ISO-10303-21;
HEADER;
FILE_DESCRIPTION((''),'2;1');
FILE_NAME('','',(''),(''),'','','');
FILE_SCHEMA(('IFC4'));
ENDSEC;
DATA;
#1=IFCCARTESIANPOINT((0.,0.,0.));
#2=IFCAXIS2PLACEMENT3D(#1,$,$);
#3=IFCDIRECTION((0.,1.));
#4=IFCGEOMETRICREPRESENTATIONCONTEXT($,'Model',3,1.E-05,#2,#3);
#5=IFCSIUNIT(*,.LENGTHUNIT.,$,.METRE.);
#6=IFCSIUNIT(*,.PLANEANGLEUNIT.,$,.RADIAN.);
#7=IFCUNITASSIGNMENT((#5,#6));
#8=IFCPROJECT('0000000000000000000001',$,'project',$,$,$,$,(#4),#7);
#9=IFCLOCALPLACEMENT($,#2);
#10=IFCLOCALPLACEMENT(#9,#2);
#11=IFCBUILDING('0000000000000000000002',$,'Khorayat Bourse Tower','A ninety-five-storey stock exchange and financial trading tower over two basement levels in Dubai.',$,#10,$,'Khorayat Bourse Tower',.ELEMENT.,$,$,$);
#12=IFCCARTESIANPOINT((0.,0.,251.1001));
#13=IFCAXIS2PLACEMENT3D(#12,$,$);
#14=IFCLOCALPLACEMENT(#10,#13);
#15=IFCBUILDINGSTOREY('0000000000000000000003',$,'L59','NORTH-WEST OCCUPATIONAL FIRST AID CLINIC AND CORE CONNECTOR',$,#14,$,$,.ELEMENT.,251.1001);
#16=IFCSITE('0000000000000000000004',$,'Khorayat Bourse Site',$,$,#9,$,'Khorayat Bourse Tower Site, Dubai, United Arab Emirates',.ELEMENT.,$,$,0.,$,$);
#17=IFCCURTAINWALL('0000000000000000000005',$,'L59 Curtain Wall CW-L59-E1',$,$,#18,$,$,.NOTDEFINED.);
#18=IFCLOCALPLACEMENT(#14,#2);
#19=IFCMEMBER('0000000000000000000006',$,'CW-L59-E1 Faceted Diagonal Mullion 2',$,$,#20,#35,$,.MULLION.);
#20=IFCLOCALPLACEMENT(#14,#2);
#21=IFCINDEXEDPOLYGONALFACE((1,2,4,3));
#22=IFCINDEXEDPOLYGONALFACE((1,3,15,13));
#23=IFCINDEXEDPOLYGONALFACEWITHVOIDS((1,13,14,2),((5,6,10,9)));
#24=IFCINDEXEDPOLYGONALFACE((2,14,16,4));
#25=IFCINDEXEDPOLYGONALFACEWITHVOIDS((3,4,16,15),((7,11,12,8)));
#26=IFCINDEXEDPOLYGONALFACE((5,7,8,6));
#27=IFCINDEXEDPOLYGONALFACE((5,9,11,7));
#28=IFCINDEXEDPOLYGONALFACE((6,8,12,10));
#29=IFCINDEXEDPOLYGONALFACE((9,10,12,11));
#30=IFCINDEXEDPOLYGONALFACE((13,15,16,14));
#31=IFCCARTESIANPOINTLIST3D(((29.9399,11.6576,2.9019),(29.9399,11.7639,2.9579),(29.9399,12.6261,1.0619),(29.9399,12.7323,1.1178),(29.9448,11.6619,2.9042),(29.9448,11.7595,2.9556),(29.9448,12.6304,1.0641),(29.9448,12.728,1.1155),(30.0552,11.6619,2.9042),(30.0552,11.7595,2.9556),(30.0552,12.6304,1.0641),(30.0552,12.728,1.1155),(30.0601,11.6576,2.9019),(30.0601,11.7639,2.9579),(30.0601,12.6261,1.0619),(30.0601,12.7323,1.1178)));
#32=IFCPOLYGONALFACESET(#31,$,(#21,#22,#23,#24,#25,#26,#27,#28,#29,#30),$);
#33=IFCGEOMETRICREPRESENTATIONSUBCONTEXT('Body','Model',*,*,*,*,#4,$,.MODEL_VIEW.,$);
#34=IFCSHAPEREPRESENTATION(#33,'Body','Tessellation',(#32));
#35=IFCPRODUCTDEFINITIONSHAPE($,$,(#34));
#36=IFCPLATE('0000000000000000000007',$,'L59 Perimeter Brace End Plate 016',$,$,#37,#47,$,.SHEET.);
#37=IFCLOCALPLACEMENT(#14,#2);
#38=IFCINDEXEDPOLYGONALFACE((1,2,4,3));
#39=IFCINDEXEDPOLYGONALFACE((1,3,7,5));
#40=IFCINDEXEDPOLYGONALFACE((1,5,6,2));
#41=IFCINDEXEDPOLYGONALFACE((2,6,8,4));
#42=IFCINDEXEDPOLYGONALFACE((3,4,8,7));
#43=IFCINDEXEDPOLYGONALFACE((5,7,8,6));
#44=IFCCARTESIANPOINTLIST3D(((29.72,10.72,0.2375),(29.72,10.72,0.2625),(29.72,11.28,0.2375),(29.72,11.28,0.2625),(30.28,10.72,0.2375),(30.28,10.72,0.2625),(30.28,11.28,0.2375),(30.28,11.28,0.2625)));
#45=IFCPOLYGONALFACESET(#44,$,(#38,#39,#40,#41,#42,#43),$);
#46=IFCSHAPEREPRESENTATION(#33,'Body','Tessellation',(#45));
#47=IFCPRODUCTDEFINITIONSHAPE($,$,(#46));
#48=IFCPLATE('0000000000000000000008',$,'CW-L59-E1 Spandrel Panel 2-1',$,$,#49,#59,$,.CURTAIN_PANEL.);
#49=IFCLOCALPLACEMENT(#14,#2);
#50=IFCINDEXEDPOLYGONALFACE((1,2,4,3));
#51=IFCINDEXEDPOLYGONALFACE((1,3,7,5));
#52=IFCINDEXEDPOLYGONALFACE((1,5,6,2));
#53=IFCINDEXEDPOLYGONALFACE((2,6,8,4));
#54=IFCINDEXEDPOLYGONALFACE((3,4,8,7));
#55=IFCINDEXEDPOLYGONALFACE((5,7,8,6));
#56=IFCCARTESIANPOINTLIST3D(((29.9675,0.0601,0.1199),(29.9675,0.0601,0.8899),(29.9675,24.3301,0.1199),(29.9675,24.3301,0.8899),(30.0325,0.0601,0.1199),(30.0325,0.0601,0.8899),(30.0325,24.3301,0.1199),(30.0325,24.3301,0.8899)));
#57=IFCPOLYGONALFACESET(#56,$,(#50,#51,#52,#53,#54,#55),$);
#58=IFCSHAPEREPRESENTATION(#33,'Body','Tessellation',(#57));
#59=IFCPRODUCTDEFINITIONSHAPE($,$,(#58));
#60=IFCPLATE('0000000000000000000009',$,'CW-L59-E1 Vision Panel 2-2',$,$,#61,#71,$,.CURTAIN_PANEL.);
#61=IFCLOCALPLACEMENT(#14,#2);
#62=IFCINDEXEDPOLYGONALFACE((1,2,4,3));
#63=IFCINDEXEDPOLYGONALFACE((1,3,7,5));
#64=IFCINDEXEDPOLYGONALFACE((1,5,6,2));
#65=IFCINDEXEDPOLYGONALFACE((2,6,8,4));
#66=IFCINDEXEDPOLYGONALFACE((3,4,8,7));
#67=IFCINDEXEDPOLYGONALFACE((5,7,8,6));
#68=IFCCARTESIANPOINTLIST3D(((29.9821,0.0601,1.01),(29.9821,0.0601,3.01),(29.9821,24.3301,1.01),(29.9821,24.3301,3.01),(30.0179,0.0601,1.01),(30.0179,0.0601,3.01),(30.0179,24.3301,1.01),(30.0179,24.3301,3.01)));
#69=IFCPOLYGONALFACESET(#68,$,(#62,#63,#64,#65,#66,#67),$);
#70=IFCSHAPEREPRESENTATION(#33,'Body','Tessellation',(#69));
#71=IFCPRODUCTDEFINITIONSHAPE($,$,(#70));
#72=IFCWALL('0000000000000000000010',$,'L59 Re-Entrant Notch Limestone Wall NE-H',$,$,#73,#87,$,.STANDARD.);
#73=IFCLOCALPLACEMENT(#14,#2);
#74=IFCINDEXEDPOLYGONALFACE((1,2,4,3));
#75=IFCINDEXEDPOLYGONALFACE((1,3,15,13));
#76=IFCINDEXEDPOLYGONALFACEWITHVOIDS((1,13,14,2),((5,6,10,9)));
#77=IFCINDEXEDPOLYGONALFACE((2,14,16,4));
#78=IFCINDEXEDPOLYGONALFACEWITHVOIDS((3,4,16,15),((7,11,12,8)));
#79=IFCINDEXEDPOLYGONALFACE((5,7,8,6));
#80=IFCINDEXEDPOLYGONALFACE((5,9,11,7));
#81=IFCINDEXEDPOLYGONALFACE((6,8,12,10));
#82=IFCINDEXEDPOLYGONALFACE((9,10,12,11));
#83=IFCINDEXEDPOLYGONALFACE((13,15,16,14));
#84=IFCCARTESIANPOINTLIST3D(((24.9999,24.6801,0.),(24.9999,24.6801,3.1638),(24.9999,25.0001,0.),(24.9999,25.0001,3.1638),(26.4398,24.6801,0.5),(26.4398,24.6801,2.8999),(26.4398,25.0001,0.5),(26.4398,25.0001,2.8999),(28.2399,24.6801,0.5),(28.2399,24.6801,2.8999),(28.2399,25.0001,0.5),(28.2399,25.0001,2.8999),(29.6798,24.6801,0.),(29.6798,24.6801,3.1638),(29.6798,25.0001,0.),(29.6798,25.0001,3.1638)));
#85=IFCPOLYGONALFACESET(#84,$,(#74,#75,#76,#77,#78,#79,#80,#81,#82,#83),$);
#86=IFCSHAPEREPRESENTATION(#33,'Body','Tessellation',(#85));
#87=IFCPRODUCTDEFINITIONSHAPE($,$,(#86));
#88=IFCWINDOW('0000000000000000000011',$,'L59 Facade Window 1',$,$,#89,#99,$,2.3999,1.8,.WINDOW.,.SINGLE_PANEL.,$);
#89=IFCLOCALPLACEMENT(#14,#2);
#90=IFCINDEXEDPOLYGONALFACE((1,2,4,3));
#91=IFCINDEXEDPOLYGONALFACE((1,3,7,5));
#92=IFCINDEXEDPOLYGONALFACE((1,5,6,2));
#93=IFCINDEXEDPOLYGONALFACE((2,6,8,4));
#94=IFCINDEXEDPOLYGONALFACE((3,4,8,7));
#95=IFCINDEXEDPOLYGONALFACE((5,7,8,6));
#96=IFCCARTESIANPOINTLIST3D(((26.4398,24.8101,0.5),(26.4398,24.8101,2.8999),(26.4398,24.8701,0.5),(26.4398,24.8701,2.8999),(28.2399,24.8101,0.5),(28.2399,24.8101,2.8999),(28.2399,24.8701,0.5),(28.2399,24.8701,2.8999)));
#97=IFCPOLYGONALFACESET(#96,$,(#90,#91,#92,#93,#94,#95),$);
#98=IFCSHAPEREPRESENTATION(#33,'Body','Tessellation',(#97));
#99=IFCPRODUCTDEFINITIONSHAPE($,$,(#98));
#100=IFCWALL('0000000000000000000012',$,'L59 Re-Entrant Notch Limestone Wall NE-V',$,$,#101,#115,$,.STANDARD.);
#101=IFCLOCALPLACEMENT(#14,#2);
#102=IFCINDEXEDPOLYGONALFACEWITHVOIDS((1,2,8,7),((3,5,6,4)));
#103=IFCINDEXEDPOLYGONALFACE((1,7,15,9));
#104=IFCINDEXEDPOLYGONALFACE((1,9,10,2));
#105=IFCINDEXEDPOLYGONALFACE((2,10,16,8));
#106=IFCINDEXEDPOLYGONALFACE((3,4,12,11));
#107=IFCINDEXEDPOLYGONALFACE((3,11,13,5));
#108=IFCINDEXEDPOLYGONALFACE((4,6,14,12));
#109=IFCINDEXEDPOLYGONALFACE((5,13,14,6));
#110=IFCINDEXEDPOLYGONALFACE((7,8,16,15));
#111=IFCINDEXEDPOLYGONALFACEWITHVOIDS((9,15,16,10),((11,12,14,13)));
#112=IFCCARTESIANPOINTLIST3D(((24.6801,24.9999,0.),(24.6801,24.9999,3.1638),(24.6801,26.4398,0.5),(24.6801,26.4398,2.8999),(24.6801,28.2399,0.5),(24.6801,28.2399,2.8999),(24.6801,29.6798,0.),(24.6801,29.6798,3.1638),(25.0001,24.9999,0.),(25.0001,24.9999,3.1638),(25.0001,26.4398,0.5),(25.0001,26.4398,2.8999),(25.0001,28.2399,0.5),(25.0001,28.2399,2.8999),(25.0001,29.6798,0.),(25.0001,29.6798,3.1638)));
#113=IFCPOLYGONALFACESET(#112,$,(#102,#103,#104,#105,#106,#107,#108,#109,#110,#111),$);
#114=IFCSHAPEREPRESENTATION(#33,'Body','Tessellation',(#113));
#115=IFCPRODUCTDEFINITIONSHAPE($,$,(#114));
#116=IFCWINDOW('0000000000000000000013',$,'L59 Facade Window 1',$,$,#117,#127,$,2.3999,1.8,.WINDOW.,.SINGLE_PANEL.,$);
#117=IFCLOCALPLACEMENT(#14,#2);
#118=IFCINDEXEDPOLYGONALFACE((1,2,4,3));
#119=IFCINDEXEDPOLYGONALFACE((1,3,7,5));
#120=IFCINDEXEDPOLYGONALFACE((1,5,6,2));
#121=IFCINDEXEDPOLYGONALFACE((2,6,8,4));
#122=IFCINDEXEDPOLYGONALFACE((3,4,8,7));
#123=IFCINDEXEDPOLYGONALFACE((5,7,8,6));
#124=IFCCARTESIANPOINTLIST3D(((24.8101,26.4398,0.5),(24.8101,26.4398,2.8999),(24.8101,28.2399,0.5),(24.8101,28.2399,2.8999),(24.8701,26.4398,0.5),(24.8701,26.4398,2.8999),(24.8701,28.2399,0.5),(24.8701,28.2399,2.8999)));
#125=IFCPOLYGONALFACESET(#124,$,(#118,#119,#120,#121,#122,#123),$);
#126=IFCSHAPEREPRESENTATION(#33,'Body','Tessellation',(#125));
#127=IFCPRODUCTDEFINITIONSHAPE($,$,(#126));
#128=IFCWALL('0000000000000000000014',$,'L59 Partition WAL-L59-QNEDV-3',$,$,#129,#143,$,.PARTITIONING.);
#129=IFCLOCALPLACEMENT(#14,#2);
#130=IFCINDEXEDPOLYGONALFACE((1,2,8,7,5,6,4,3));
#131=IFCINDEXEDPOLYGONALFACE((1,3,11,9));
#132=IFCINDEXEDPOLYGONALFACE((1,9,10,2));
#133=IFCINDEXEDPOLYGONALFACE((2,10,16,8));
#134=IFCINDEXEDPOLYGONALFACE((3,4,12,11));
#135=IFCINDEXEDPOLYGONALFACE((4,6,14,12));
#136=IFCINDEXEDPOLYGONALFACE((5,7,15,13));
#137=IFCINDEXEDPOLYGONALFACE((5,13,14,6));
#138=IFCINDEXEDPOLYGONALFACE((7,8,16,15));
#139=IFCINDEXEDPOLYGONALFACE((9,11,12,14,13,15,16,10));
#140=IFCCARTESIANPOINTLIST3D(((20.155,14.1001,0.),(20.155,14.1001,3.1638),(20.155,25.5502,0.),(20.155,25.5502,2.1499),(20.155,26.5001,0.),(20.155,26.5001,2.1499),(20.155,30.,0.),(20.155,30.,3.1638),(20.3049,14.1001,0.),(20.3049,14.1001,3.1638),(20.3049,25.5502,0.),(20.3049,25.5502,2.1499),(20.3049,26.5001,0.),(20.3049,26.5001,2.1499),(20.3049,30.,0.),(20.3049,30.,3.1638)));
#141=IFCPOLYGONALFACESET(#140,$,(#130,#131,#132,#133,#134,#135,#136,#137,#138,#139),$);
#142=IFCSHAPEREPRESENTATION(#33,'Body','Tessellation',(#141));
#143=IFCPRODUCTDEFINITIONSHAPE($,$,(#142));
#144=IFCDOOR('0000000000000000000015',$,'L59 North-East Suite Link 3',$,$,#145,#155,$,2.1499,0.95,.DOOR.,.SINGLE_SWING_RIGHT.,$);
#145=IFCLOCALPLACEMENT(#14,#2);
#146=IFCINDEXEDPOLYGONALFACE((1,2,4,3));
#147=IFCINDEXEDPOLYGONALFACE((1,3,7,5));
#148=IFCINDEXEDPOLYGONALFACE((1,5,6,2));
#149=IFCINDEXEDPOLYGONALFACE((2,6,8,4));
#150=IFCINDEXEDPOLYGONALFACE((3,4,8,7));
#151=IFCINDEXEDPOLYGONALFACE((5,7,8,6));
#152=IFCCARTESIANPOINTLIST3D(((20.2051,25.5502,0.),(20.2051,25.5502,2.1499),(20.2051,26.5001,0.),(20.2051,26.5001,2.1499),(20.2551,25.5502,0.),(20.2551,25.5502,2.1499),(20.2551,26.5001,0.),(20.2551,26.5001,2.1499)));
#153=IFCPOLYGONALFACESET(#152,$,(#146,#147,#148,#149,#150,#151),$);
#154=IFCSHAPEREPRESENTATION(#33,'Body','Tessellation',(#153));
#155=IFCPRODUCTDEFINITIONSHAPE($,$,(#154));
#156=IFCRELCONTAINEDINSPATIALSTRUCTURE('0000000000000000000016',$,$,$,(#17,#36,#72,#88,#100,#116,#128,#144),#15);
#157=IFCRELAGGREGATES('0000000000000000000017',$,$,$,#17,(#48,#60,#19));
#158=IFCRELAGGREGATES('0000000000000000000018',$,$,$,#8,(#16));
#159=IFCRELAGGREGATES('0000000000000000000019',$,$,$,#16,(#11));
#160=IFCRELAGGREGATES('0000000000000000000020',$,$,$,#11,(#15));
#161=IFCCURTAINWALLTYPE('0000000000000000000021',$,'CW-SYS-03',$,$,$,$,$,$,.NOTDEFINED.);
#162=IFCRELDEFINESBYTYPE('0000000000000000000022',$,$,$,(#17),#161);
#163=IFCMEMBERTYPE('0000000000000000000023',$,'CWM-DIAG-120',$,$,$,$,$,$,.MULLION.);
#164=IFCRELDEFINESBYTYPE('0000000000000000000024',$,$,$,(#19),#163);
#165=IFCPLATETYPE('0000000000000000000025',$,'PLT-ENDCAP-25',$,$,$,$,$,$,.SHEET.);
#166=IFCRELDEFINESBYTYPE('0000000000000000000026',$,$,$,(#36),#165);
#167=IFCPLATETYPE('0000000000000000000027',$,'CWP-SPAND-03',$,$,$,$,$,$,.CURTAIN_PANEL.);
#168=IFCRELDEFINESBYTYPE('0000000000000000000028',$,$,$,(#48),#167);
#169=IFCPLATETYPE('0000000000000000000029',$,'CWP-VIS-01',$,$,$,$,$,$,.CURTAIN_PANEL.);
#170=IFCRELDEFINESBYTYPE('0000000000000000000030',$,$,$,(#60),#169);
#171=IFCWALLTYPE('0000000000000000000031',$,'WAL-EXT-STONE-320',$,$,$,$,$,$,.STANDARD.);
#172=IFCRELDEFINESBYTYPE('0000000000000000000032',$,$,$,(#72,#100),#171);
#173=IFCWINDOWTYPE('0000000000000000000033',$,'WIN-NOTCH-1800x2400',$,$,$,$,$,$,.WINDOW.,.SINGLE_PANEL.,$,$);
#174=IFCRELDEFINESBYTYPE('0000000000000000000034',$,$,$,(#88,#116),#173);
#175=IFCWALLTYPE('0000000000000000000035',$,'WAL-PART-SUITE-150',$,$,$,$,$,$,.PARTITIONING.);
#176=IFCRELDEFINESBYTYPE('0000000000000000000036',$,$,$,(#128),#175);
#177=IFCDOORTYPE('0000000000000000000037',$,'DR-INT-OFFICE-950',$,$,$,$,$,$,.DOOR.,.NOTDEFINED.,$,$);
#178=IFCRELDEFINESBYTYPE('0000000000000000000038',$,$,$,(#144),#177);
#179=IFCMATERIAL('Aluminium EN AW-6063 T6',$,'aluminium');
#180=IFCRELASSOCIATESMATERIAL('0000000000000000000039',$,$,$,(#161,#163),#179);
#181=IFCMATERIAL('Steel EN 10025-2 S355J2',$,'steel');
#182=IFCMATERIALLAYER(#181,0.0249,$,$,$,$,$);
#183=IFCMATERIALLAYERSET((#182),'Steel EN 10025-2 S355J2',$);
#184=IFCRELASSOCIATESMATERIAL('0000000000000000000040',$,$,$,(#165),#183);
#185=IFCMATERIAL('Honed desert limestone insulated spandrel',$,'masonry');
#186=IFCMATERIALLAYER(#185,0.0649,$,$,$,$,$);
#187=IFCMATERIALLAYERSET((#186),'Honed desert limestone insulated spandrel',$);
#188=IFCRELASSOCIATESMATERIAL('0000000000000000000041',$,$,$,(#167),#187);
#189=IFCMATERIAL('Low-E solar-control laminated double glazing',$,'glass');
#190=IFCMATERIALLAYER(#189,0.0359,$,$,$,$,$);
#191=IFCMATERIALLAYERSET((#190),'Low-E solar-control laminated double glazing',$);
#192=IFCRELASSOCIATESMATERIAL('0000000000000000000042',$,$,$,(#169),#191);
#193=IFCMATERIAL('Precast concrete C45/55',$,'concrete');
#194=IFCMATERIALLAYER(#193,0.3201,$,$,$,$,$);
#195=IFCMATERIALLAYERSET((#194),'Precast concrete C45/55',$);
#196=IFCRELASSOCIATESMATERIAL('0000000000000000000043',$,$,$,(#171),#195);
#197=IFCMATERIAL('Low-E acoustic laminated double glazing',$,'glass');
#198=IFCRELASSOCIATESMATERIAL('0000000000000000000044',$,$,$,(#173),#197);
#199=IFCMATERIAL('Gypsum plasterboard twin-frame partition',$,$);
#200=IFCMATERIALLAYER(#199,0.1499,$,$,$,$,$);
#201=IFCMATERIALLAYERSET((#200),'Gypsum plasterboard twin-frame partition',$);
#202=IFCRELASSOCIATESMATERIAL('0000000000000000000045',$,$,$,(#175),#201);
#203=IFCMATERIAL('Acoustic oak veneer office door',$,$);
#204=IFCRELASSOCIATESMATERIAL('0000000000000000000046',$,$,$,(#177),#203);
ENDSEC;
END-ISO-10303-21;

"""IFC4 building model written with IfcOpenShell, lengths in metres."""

from ifc_helpers import new_model, si_unit, direction, frame, frame_2d, origin, origin_2d, place, context, subcontext, project, spatial, rectangle, hollow_rectangle, extrude, source, transform, mapped, material, layer, layer_set, material_profile, profile_set, type_object, element, fill, aggregate, save


model = new_model("IFC4")

# Units and contexts
model_context = context("Model", 3, precision=1e-05, world=origin(), true_north=direction((0.0, 1.0)))
body_context = subcontext(model_context, "Body", "Model", "MODEL_VIEW")
ifc_project = project(units=[si_unit("LENGTHUNIT", "METRE"), si_unit("PLANEANGLEUNIT", "RADIAN")], contexts=[model_context])

# Site, building, storey
site_placement = place(None, origin())
site = spatial("IfcSite", under=ifc_project, at=site_placement, Name="Khorayat Bourse Site", LongName="Khorayat Bourse Tower Site, Dubai, United Arab Emirates", CompositionType="ELEMENT", RefElevation=0.0)
building_placement = place(site_placement, origin())
building = spatial("IfcBuilding", under=site, at=building_placement, Name="Khorayat Bourse Tower", Description="A ninety-five-storey stock exchange and financial trading tower over two basement levels in Dubai.", LongName="Khorayat Bourse Tower", CompositionType="ELEMENT")
storey_placement = place(building_placement, frame((0.0, 0.0, 251.1001)))
storey = spatial("IfcBuildingStorey", under=building, at=storey_placement, Name="L59", Description="NORTH-WEST OCCUPATIONAL FIRST AID CLINIC AND CORE CONNECTOR", CompositionType="ELEMENT", Elevation=251.1001)

# Shared definitions
ifc_material_1 = material(Name="Aluminium EN AW-6063 T6", Category="aluminium")
curtain_wall_type = type_object("IfcCurtainWallType", Name="CW-SYS-03", PredefinedType="NOTDEFINED", material=ifc_material_1)

# Curtain wall, member
curtain_wall_1_placement = place(storey_placement, origin())
curtain_wall_1 = element("IfcCurtainWall", 1, at=curtain_wall_1_placement, inside=storey, type_object=curtain_wall_type, Name="L59 Curtain Wall CW-L59-E1", PredefinedType="NOTDEFINED")
ifc_material_profile_1 = material_profile(ifc_material_1, hollow_rectangle(XDim=0.1201, YDim=0.1201, WallThickness=0.0049, at=origin_2d()), Name="ALU 120x120x5")
ifc_profile_set_1 = profile_set([ifc_material_profile_1], Name="Aluminium EN AW-6063 T6")
member_type_1 = type_object("IfcMemberType", Name="CWM-DIAG-120", PredefinedType="MULLION", material=ifc_profile_set_1)
shared_shape_1 = source(origin(), body_context, "Body", "SweptSolid", [
    extrude(hollow_rectangle(XDim=0.1201, YDim=0.1201, WallThickness=0.0049, at=origin_2d()), origin(), (0.0, 0.0, 1.0), 2.0793),
])
member_1_placement = place(storey_placement, frame((30.0, 12.6792, 1.0898), z_axis=(0.0, -0.465761, 0.884911), x_axis=(1.0, 0.0, 0.0)))
member_1 = element("IfcMember", 2, at=member_1_placement, type_object=member_type_1, Name="CW-L59-E1 Faceted Diagonal Mullion 2", PredefinedType="MULLION", context=body_context, shape_type="MappedRepresentation", body=[
    mapped(shared_shape_1, transform((0.0, 0.0, 0.0), scale=1.0)),
])

# Plates
ifc_material_2 = material(Name="Steel EN 10025-2 S355J2", Category="steel")
ifc_layer_1 = layer(ifc_material_2, 0.0249)
ifc_layer_set_1 = layer_set([ifc_layer_1], Name="Steel EN 10025-2 S355J2")
plate_type_1 = type_object("IfcPlateType", Name="PLT-ENDCAP-25", PredefinedType="SHEET", material=ifc_layer_set_1)
shared_shape_2 = source(origin(), body_context, "Body", "SweptSolid", [
    extrude(rectangle(XDim=0.5601, YDim=0.5601, at=origin_2d()), origin(), (0.0, 0.0, 1.0), 0.0249),
])
plate_1_placement = place(storey_placement, frame((30.0, 11.0, 0.2375), z_axis=(0.0, 0.0, 1.0), x_axis=(1.0, 0.0, 0.0)))
element("IfcPlate", 3, at=plate_1_placement, inside=storey, type_object=plate_type_1, Name="L59 Perimeter Brace End Plate 016", PredefinedType="SHEET", context=body_context, shape_type="MappedRepresentation", body=[
    mapped(shared_shape_2, transform((0.0, 0.0, 0.0), scale=1.0)),
])
ifc_material_3 = material(Name="Honed desert limestone insulated spandrel", Category="masonry")
ifc_layer_2 = layer(ifc_material_3, 0.0649)
ifc_layer_set_2 = layer_set([ifc_layer_2], Name="Honed desert limestone insulated spandrel")
plate_type_2 = type_object("IfcPlateType", Name="CWP-SPAND-03", PredefinedType="CURTAIN_PANEL", material=ifc_layer_set_2)
shared_shape_3 = source(origin(), body_context, "Body", "SweptSolid", [
    extrude(rectangle(XDim=24.27, YDim=0.0649, at=origin_2d()), origin(), (0.0, 0.0, 1.0), 0.77),
])
plate_2_placement = place(storey_placement, frame((30.0, 12.1951, 0.1199), z_axis=(0.0, 0.0, 1.0), x_axis=(0.0, 1.0, 0.0)))
plate_2 = element("IfcPlate", 4, at=plate_2_placement, type_object=plate_type_2, Name="CW-L59-E1 Spandrel Panel 2-1", PredefinedType="CURTAIN_PANEL", context=body_context, shape_type="MappedRepresentation", body=[
    mapped(shared_shape_3, transform((0.0, 0.0, 0.0), scale=1.0)),
])
ifc_material_4 = material(Name="Low-E solar-control laminated double glazing", Category="glass")
ifc_layer_3 = layer(ifc_material_4, 0.0359)
ifc_layer_set_3 = layer_set([ifc_layer_3], Name="Low-E solar-control laminated double glazing")
plate_type_3 = type_object("IfcPlateType", Name="CWP-VIS-01", PredefinedType="CURTAIN_PANEL", material=ifc_layer_set_3)
shared_shape_4 = source(origin(), body_context, "Body", "SweptSolid", [
    extrude(rectangle(XDim=24.27, YDim=0.0359, at=origin_2d()), origin(), (0.0, 0.0, 1.0), 2.0),
])
plate_3_placement = place(storey_placement, frame((30.0, 12.1951, 1.01), z_axis=(0.0, 0.0, 1.0), x_axis=(0.0, 1.0, 0.0)))
plate_3 = element("IfcPlate", 5, at=plate_3_placement, type_object=plate_type_3, Name="CW-L59-E1 Vision Panel 2-2", PredefinedType="CURTAIN_PANEL", context=body_context, shape_type="MappedRepresentation", body=[
    mapped(shared_shape_4, transform((0.0, 0.0, 0.0), scale=1.0)),
])
aggregate(curtain_wall_1, [plate_2, plate_3, member_1])

# Walls, openings, windows
ifc_material_5 = material(Name="Precast concrete C45/55", Category="concrete")
ifc_layer_4 = layer(ifc_material_5, 0.3201)
ifc_layer_set_4 = layer_set([ifc_layer_4], Name="Precast concrete C45/55")
wall_type_1 = type_object("IfcWallType", Name="WAL-EXT-STONE-320", PredefinedType="STANDARD", material=ifc_layer_set_4)
shared_shape_5 = source(origin(), body_context, "Body", "SweptSolid", [
    extrude(rectangle(XDim=4.6799, YDim=0.3201, at=frame_2d((2.3398, 0.0))), origin(), (0.0, 0.0, 1.0), 3.1638),
])
wall_1_placement = place(storey_placement, frame((25.0, 24.8401, 0.0), z_axis=(0.0, 0.0, 1.0), x_axis=(1.0, 0.0, 0.0)))
wall_1 = element("IfcWall", 6, at=wall_1_placement, inside=storey, type_object=wall_type_1, Name="L59 Re-Entrant Notch Limestone Wall NE-H", PredefinedType="STANDARD", context=body_context, shape_type="MappedRepresentation", body=[
    mapped(shared_shape_5, transform((0.0, 0.0, 0.0), scale=1.0)),
])
shared_shape_6 = source(origin(), body_context, "Body", "SweptSolid", [
    extrude(rectangle(XDim=1.8, YDim=2.3999, at=frame_2d((0.8999, 1.2))), frame((0.0, 0.1699, 0.0), z_axis=(0.0, -1.0, 0.0), x_axis=(1.0, 0.0, 0.0)), (0.0, 0.0, 1.0), 0.3401),
])
opening_1_placement = place(wall_1_placement, frame((1.4399, 0.0, 0.5)))
opening_1 = element("IfcOpeningElement", 7, at=opening_1_placement, cuts=wall_1, PredefinedType="OPENING", context=body_context, shape_type="MappedRepresentation", body=[
    mapped(shared_shape_6, transform((0.0, 0.0, 0.0), scale=1.0)),
])
ifc_material_6 = material(Name="Low-E acoustic laminated double glazing", Category="glass")
window_type = type_object("IfcWindowType", Name="WIN-NOTCH-1800x2400", PartitioningType="SINGLE_PANEL", PredefinedType="WINDOW", material=ifc_material_6)
shared_shape_7 = source(origin(), body_context, "Body", "SweptSolid", [
    extrude(rectangle(XDim=1.8, YDim=2.3999, at=frame_2d((0.8999, 1.2))), frame((0.0, 0.03, 0.0), z_axis=(0.0, -1.0, 0.0), x_axis=(1.0, 0.0, 0.0)), (0.0, 0.0, 1.0), 0.0601),
])
window_1_placement = place(opening_1_placement, origin())
window_1 = element("IfcWindow", 8, at=window_1_placement, inside=storey, type_object=window_type, Name="L59 Facade Window 1", OverallHeight=2.3999, OverallWidth=1.8, PartitioningType="SINGLE_PANEL", PredefinedType="WINDOW", context=body_context, shape_type="MappedRepresentation", body=[
    mapped(shared_shape_7, transform((0.0, 0.0, 0.0), scale=1.0)),
])
fill(opening_1, window_1)
wall_2_placement = place(storey_placement, frame((24.8401, 25.0, 0.0), z_axis=(0.0, 0.0, 1.0), x_axis=(0.0, 1.0, 0.0)))
wall_2 = element("IfcWall", 9, at=wall_2_placement, inside=storey, type_object=wall_type_1, Name="L59 Re-Entrant Notch Limestone Wall NE-V", PredefinedType="STANDARD", context=body_context, shape_type="MappedRepresentation", body=[
    mapped(shared_shape_5, transform((0.0, 0.0, 0.0), scale=1.0)),
])
opening_2_placement = place(wall_2_placement, frame((1.4399, 0.0, 0.5)))
opening_2 = element("IfcOpeningElement", 10, at=opening_2_placement, cuts=wall_2, PredefinedType="OPENING", context=body_context, shape_type="MappedRepresentation", body=[
    mapped(shared_shape_6, transform((0.0, 0.0, 0.0), scale=1.0)),
])
window_2_placement = place(opening_2_placement, origin())
window_2 = element("IfcWindow", 11, at=window_2_placement, inside=storey, type_object=window_type, Name="L59 Facade Window 1", OverallHeight=2.3999, OverallWidth=1.8, PartitioningType="SINGLE_PANEL", PredefinedType="WINDOW", context=body_context, shape_type="MappedRepresentation", body=[
    mapped(shared_shape_7, transform((0.0, 0.0, 0.0), scale=1.0)),
])
fill(opening_2, window_2)

# Wall, opening, door
ifc_material_7 = material(Name="Gypsum plasterboard twin-frame partition")
ifc_layer_5 = layer(ifc_material_7, 0.1499)
ifc_layer_set_5 = layer_set([ifc_layer_5], Name="Gypsum plasterboard twin-frame partition")
wall_type_2 = type_object("IfcWallType", Name="WAL-PART-SUITE-150", PredefinedType="PARTITIONING", material=ifc_layer_set_5)
shared_shape_8 = source(origin(), body_context, "Body", "SweptSolid", [
    extrude(rectangle(XDim=15.8999, YDim=0.1499, at=frame_2d((7.95, 0.0))), origin(), (0.0, 0.0, 1.0), 3.1638),
])
wall_3_placement = place(storey_placement, frame((20.23, 14.1001, 0.0), z_axis=(0.0, 0.0, 1.0), x_axis=(0.0, 1.0, 0.0)))
wall_3 = element("IfcWall", 12, at=wall_3_placement, inside=storey, type_object=wall_type_2, Name="L59 Partition WAL-L59-QNEDV-3", PredefinedType="PARTITIONING", context=body_context, shape_type="MappedRepresentation", body=[
    mapped(shared_shape_8, transform((0.0, 0.0, 0.0), scale=1.0)),
])
shared_shape_9 = source(origin(), body_context, "Body", "SweptSolid", [
    extrude(rectangle(XDim=0.95, YDim=2.1499, at=frame_2d((0.4751, 1.075))), frame((0.0, 0.085, 0.0), z_axis=(0.0, -1.0, 0.0), x_axis=(1.0, 0.0, 0.0)), (0.0, 0.0, 1.0), 0.1699),
])
opening_3_placement = place(wall_3_placement, frame((11.45, 0.0, 0.0)))
opening_3 = element("IfcOpeningElement", 13, at=opening_3_placement, cuts=wall_3, PredefinedType="OPENING", context=body_context, shape_type="MappedRepresentation", body=[
    mapped(shared_shape_9, transform((0.0, 0.0, 0.0), scale=1.0)),
])
ifc_material_8 = material(Name="Acoustic oak veneer office door")
door_type = type_object("IfcDoorType", Name="DR-INT-OFFICE-950", OperationType="NOTDEFINED", PredefinedType="DOOR", material=ifc_material_8)
shared_shape_10 = source(origin(), body_context, "Body", "SweptSolid", [
    extrude(rectangle(XDim=0.95, YDim=2.1499, at=frame_2d((0.4751, 1.075))), frame((0.0, 0.0249, 0.0), z_axis=(0.0, -1.0, 0.0), x_axis=(1.0, 0.0, 0.0)), (0.0, 0.0, 1.0), 0.05),
])
door_1_placement = place(opening_3_placement, origin())
door_1 = element("IfcDoor", 14, at=door_1_placement, inside=storey, type_object=door_type, Name="L59 North-East Suite Link 3", OperationType="SINGLE_SWING_RIGHT", OverallHeight=2.1499, OverallWidth=0.95, PredefinedType="DOOR", context=body_context, shape_type="MappedRepresentation", body=[
    mapped(shared_shape_10, transform((0.0, 0.0, 0.0), scale=1.0)),
])
fill(opening_3, door_1)

save(model, "model.ifc")
